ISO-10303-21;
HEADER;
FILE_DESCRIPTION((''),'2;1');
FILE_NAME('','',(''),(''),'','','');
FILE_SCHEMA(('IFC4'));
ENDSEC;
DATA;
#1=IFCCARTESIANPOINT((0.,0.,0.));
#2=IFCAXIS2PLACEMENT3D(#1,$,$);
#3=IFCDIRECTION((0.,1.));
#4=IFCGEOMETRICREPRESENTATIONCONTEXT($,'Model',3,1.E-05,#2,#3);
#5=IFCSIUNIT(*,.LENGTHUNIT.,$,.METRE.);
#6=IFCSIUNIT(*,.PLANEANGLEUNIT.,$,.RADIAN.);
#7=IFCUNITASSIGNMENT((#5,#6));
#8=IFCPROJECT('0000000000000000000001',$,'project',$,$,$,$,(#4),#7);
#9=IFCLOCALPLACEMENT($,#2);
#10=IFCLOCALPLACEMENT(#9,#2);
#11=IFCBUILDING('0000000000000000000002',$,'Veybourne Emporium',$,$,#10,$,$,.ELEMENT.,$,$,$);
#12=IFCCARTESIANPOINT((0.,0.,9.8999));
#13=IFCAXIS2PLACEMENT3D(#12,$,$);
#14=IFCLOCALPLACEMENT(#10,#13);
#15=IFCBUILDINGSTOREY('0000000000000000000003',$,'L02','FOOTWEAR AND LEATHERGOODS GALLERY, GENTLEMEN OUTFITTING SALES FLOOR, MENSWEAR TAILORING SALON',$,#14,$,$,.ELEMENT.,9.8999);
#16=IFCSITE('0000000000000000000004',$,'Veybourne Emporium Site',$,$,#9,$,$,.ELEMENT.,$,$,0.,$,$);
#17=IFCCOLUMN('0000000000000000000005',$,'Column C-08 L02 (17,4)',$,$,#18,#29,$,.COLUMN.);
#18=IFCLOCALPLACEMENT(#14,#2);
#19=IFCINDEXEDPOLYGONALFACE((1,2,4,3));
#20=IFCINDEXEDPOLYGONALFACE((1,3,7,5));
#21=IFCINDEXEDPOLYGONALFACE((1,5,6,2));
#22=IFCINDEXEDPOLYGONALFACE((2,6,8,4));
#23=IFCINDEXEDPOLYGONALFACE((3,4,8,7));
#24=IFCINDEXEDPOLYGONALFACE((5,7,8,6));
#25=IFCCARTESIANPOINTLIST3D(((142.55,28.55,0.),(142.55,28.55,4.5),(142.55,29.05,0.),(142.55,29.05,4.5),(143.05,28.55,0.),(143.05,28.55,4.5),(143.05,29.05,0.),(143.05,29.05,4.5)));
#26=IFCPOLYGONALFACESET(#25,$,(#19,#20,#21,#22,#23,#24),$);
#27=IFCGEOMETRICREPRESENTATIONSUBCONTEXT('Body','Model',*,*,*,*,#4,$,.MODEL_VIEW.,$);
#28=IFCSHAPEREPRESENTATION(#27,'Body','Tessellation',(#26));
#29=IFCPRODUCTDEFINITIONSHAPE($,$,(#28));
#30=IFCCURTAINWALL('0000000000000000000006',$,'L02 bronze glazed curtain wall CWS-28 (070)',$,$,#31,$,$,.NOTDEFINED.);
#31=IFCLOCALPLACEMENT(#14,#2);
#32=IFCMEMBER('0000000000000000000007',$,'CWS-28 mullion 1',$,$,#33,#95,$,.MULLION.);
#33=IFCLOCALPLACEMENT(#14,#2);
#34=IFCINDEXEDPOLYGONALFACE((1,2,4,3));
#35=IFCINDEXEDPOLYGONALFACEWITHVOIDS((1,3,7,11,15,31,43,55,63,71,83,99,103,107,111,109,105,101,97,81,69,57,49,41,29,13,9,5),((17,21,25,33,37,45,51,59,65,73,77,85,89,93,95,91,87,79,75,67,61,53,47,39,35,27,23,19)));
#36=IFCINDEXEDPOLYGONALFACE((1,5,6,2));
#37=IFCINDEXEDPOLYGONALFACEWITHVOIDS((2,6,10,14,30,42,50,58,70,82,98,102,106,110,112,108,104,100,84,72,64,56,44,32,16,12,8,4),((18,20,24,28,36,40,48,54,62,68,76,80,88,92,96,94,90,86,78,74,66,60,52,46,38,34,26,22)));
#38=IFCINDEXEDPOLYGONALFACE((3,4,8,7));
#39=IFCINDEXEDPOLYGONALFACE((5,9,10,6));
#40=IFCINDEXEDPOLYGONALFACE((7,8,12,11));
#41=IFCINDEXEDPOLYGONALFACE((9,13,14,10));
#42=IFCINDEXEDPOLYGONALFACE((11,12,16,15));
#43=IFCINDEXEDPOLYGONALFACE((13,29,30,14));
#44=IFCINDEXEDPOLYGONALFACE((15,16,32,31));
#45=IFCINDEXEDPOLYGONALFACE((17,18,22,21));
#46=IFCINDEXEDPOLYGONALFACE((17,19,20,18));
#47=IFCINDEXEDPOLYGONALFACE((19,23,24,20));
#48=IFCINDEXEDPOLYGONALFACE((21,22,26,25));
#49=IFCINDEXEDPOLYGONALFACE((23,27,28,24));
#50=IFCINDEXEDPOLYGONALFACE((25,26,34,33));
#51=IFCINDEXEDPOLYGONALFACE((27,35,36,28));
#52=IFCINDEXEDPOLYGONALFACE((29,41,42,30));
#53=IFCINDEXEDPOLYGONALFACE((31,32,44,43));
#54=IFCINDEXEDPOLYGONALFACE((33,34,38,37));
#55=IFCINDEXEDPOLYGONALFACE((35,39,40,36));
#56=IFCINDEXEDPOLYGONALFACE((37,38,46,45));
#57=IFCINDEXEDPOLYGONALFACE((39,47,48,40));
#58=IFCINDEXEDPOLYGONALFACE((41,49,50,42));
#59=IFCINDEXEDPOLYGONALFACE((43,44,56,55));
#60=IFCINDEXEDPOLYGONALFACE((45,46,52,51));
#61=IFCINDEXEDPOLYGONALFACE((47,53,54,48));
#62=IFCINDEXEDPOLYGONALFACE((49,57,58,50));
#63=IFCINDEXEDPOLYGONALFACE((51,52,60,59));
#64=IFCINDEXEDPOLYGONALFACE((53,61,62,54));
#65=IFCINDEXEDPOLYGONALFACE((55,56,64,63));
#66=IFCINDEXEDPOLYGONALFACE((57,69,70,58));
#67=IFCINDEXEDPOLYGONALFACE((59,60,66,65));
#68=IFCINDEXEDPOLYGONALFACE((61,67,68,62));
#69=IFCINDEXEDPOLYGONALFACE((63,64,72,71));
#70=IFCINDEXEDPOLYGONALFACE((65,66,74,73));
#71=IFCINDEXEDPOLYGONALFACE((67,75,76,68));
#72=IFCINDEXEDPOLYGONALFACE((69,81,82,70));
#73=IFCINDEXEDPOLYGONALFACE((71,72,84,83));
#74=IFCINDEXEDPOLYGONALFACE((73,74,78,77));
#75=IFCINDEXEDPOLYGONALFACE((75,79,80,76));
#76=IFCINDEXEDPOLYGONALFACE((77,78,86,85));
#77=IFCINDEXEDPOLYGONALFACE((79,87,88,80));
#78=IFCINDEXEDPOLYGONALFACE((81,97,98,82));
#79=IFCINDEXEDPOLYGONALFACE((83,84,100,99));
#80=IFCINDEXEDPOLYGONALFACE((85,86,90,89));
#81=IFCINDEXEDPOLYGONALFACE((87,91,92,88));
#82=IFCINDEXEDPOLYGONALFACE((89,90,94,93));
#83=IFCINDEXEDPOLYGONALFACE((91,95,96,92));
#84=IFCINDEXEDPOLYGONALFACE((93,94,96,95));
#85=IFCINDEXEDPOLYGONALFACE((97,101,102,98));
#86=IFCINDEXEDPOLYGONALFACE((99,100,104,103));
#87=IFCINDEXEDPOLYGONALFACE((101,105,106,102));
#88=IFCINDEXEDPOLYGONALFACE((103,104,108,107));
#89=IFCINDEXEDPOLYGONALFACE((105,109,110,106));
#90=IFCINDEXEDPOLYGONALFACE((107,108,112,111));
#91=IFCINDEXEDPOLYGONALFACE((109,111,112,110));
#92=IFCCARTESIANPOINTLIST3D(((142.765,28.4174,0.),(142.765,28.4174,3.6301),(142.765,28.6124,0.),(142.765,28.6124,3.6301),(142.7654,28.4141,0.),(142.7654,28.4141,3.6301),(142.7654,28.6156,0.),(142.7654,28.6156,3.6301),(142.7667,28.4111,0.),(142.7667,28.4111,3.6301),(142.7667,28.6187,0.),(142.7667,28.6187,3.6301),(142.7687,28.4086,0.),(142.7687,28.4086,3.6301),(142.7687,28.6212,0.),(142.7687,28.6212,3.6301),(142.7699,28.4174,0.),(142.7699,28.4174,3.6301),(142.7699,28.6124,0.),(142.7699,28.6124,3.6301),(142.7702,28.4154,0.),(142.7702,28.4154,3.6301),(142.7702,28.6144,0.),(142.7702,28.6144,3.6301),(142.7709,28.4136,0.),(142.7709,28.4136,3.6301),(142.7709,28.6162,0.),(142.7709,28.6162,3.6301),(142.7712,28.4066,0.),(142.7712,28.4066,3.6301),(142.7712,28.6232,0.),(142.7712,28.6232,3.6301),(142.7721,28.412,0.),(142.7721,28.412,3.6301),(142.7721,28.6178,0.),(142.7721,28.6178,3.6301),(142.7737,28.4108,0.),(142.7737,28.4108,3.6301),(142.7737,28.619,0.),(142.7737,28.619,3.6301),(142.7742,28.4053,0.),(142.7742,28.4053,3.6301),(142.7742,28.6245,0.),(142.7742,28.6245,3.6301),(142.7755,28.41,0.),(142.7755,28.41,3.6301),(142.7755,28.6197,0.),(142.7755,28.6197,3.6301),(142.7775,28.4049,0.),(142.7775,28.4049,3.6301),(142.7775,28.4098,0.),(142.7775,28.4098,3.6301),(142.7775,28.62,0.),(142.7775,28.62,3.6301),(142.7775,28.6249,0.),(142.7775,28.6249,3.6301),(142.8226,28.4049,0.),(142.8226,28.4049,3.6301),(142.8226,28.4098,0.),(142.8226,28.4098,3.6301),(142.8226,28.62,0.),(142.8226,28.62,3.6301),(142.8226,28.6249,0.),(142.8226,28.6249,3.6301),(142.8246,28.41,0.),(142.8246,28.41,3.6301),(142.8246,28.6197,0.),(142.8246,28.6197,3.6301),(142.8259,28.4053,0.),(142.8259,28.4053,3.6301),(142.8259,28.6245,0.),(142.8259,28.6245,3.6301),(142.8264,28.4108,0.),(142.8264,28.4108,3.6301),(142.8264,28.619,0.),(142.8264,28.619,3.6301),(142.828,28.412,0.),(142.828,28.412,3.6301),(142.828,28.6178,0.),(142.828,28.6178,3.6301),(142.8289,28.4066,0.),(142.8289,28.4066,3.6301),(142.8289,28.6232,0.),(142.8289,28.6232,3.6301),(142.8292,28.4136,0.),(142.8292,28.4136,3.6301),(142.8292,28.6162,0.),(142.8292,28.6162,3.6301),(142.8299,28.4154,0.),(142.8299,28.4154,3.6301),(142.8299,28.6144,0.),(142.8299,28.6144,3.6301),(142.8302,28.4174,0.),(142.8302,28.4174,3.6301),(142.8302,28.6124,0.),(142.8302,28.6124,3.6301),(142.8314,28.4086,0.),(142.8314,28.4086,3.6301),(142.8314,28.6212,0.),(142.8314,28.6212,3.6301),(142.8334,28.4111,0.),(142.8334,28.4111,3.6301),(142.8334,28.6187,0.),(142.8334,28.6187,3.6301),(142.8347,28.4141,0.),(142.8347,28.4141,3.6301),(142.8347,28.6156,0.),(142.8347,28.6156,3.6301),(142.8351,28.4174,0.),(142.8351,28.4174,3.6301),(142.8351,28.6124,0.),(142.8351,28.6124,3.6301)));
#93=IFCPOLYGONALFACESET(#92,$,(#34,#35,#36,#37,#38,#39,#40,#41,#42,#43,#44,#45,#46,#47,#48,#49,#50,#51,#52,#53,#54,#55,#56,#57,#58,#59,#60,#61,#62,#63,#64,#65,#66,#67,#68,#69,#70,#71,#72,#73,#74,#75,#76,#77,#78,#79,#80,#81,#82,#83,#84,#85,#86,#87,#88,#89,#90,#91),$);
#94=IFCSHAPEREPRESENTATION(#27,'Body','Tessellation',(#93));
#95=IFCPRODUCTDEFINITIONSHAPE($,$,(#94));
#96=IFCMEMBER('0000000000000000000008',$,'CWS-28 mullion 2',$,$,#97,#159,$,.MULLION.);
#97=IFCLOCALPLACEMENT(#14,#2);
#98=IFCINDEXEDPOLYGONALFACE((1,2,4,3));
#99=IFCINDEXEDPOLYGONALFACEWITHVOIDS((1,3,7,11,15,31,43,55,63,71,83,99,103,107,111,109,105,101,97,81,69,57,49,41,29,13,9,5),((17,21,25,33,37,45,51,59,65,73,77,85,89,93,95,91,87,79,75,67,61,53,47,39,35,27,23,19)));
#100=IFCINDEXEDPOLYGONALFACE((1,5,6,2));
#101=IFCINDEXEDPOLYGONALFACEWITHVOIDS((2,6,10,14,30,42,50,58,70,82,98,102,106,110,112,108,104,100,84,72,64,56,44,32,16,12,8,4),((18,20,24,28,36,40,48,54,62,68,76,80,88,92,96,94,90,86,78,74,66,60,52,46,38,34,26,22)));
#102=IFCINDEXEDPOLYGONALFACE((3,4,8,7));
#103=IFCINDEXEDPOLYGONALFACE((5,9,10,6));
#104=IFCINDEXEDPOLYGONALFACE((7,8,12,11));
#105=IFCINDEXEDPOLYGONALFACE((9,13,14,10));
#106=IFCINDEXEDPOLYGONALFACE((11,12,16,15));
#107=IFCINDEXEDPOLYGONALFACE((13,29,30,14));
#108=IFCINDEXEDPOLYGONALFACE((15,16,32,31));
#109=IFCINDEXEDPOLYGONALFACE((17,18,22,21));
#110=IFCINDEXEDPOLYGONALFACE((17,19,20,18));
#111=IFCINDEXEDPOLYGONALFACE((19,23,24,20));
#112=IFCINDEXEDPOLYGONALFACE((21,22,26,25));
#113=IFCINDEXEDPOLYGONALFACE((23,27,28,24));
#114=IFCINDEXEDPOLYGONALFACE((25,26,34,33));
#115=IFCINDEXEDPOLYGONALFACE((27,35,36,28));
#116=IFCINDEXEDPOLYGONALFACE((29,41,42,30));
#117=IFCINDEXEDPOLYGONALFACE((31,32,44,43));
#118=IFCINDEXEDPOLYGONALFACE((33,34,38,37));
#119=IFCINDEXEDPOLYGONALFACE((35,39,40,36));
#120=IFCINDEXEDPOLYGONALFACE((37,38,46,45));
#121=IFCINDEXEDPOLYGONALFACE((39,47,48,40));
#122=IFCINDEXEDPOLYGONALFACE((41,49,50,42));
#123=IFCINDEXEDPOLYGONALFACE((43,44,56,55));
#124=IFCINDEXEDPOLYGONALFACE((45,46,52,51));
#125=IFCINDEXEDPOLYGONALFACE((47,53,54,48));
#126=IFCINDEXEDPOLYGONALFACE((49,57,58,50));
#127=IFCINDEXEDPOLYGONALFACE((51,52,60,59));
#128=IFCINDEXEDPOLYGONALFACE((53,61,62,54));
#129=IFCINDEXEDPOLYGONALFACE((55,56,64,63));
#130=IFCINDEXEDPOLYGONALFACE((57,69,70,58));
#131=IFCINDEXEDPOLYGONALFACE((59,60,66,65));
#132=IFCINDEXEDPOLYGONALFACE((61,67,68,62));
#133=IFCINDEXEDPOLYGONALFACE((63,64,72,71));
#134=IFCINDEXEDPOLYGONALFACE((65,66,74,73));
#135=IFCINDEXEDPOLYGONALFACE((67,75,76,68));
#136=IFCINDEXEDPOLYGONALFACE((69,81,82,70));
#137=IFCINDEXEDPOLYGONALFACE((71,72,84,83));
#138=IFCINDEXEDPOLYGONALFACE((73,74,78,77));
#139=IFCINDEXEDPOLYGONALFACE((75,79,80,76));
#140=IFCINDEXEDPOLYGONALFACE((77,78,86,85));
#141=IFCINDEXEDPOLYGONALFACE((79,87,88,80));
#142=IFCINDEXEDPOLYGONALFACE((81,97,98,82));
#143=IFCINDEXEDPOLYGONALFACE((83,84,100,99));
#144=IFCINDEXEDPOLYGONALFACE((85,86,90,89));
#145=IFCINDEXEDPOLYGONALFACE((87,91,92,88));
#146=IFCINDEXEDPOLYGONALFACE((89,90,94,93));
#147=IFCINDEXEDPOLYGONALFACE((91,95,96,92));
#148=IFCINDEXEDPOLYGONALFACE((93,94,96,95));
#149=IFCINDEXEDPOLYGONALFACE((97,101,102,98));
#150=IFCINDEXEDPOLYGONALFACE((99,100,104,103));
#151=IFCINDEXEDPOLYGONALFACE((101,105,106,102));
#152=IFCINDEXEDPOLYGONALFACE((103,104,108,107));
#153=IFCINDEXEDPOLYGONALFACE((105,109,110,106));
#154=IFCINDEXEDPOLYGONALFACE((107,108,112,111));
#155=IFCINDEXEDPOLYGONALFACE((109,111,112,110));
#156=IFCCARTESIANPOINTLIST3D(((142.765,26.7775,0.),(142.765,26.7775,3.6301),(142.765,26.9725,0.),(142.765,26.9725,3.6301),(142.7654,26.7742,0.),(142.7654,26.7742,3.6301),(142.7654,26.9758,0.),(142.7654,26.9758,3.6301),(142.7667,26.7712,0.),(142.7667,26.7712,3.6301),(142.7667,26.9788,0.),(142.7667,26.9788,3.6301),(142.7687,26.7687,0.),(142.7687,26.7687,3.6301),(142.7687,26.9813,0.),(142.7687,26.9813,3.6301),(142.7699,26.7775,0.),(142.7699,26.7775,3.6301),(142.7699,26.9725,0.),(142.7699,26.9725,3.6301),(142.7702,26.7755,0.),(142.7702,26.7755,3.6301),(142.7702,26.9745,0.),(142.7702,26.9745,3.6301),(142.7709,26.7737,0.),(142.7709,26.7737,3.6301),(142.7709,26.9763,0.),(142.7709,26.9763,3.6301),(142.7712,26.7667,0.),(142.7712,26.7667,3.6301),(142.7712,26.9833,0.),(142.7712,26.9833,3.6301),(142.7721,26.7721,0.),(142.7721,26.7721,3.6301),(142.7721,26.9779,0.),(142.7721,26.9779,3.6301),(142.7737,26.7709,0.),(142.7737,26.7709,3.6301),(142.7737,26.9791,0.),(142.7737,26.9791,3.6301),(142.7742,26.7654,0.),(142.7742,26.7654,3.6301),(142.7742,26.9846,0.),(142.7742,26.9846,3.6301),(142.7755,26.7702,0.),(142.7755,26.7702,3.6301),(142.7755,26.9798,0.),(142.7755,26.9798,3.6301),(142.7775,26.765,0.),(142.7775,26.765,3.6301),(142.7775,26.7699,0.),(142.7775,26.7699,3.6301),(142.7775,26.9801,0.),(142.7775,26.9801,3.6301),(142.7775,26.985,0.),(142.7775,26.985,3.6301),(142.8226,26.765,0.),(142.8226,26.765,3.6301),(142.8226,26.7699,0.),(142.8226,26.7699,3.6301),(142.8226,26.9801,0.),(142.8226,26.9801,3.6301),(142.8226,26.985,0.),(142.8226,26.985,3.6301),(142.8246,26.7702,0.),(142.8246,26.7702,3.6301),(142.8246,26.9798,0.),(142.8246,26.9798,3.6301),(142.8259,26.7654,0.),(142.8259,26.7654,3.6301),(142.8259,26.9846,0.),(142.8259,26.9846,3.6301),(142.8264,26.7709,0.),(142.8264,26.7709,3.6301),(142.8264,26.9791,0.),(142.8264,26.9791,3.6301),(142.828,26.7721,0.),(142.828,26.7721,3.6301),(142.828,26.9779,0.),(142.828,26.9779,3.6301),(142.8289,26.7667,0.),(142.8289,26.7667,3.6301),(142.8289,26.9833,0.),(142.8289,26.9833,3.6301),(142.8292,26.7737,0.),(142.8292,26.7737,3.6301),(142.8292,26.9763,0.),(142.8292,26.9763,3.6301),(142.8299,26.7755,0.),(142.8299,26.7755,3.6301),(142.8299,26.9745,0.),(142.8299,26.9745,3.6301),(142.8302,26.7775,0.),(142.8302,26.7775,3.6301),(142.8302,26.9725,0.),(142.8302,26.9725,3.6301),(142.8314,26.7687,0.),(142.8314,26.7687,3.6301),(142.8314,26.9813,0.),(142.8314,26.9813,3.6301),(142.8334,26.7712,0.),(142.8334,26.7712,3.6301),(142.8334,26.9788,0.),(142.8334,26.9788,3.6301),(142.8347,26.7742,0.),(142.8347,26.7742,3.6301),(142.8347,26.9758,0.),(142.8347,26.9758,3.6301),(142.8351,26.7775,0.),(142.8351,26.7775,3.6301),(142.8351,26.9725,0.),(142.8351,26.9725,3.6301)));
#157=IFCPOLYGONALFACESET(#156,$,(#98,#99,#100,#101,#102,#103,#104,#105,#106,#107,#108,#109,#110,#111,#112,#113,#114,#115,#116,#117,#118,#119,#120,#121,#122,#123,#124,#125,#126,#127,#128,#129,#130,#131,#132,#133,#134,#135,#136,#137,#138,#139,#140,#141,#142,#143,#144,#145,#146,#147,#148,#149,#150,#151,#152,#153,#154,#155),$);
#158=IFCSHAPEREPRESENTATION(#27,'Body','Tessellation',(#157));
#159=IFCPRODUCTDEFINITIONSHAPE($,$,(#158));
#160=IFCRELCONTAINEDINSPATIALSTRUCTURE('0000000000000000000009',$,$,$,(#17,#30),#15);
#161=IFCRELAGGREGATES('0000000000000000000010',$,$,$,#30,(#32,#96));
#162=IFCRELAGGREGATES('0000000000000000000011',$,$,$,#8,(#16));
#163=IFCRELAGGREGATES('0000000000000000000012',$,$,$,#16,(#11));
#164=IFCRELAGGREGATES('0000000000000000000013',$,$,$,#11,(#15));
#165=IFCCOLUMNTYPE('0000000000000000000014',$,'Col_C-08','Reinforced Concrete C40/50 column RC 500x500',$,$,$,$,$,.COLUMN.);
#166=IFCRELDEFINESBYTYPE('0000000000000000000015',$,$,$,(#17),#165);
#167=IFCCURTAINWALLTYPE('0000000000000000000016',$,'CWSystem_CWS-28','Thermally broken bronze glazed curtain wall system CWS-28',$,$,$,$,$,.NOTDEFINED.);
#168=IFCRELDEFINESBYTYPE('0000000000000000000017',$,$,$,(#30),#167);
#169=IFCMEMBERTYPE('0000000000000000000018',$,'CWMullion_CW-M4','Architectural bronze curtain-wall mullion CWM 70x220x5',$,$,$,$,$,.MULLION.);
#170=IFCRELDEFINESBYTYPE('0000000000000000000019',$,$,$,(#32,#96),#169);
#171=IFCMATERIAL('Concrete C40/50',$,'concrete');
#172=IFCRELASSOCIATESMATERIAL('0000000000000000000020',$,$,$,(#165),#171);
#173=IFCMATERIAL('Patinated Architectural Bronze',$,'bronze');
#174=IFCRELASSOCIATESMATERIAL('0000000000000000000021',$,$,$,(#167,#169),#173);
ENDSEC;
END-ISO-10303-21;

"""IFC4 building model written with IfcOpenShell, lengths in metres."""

from ifc_helpers import new_model, si_unit, direction, frame, origin, origin_2d, place, context, subcontext, project, spatial, rectangle, hollow_rectangle, extrude, material, material_profile, profile_set, type_object, element, aggregate, save


model = new_model("IFC4")

# Units and contexts
model_context = context("Model", 3, precision=1e-05, world=origin(), true_north=direction((0.0, 1.0)))
body_context = subcontext(model_context, "Body", "Model", "MODEL_VIEW")
ifc_project = project(units=[si_unit("LENGTHUNIT", "METRE"), si_unit("PLANEANGLEUNIT", "RADIAN")], contexts=[model_context])

# Site, building, storey
site_placement = place(None, origin())
site = spatial("IfcSite", under=ifc_project, at=site_placement, Name="Veybourne Emporium Site", CompositionType="ELEMENT", RefElevation=0.0)
building_placement = place(site_placement, origin())
building = spatial("IfcBuilding", under=site, at=building_placement, Name="Veybourne Emporium", CompositionType="ELEMENT")
storey_placement = place(building_placement, frame((0.0, 0.0, 9.8999)))
storey = spatial("IfcBuildingStorey", under=building, at=storey_placement, Name="L02", Description="FOOTWEAR AND LEATHERGOODS GALLERY, GENTLEMEN OUTFITTING SALES FLOOR, MENSWEAR TAILORING SALON", CompositionType="ELEMENT", Elevation=9.8999)

# Column
ifc_material_1 = material(Name="Concrete C40/50", Category="concrete")
ifc_material_profile_1 = material_profile(ifc_material_1, rectangle(XDim=0.5, YDim=0.5, at=origin_2d()), Name="RC 500x500")
ifc_profile_set_1 = profile_set([ifc_material_profile_1], Name="Concrete C40/50")
column_type = type_object("IfcColumnType", Name="Col_C-08", Description="Reinforced Concrete C40/50 column RC 500x500", PredefinedType="COLUMN", material=ifc_profile_set_1)
column_placement = place(storey_placement, frame((142.8, 28.8, 0.0), z_axis=(0.0, 0.0, 1.0), x_axis=(1.0, 0.0, 0.0)))
element("IfcColumn", 1, at=column_placement, inside=storey, type_object=column_type, Name="Column C-08 L02 (17,4)", PredefinedType="COLUMN", context=body_context, shape_type="SweptSolid", body=[
    extrude(rectangle(XDim=0.5, YDim=0.5, at=origin_2d()), origin(), (0.0, 0.0, 1.0), 4.5),
])

# Curtain wall, members
ifc_material_2 = material(Name="Patinated Architectural Bronze", Category="bronze")
curtain_wall_type = type_object("IfcCurtainWallType", Name="CWSystem_CWS-28", Description="Thermally broken bronze glazed curtain wall system CWS-28", PredefinedType="NOTDEFINED", material=ifc_material_2)
curtain_wall_placement = place(storey_placement, origin())
curtain_wall = element("IfcCurtainWall", 2, at=curtain_wall_placement, inside=storey, type_object=curtain_wall_type, Name="L02 bronze glazed curtain wall CWS-28 (070)", PredefinedType="NOTDEFINED")
ifc_material_profile_2 = material_profile(ifc_material_2, hollow_rectangle(XDim=0.0701, YDim=0.22, WallThickness=0.0049, InnerFilletRadius=0.0076, OuterFilletRadius=0.0125, at=origin_2d()), Name="CWM 70x220x5")
ifc_profile_set_2 = profile_set([ifc_material_profile_2], Name="Patinated Architectural Bronze")
member_type_1 = type_object("IfcMemberType", Name="CWMullion_CW-M4", Description="Architectural bronze curtain-wall mullion CWM 70x220x5", PredefinedType="MULLION", material=ifc_profile_set_2)
member_1_placement = place(storey_placement, frame((142.8, 28.5149, 0.0), z_axis=(0.0, 0.0, 1.0), x_axis=(1.0, 0.0, 0.0)))
member_1 = element("IfcMember", 3, at=member_1_placement, type_object=member_type_1, Name="CWS-28 mullion 1", PredefinedType="MULLION", context=body_context, shape_type="SweptSolid", body=[
    extrude(hollow_rectangle(XDim=0.0701, YDim=0.22, WallThickness=0.0049, InnerFilletRadius=0.0076, OuterFilletRadius=0.0125, at=origin_2d()), origin(), (0.0, 0.0, 1.0), 3.6301),
])
member_2_placement = place(storey_placement, frame((142.8, 26.875, 0.0), z_axis=(0.0, 0.0, 1.0), x_axis=(1.0, 0.0, 0.0)))
member_2 = element("IfcMember", 4, at=member_2_placement, type_object=member_type_1, Name="CWS-28 mullion 2", PredefinedType="MULLION", context=body_context, shape_type="SweptSolid", body=[
    extrude(hollow_rectangle(XDim=0.0701, YDim=0.22, WallThickness=0.0049, InnerFilletRadius=0.0076, OuterFilletRadius=0.0125, at=origin_2d()), origin(), (0.0, 0.0, 1.0), 3.6301),
])
aggregate(curtain_wall, [member_1, member_2])

save(model, "model.ifc")
